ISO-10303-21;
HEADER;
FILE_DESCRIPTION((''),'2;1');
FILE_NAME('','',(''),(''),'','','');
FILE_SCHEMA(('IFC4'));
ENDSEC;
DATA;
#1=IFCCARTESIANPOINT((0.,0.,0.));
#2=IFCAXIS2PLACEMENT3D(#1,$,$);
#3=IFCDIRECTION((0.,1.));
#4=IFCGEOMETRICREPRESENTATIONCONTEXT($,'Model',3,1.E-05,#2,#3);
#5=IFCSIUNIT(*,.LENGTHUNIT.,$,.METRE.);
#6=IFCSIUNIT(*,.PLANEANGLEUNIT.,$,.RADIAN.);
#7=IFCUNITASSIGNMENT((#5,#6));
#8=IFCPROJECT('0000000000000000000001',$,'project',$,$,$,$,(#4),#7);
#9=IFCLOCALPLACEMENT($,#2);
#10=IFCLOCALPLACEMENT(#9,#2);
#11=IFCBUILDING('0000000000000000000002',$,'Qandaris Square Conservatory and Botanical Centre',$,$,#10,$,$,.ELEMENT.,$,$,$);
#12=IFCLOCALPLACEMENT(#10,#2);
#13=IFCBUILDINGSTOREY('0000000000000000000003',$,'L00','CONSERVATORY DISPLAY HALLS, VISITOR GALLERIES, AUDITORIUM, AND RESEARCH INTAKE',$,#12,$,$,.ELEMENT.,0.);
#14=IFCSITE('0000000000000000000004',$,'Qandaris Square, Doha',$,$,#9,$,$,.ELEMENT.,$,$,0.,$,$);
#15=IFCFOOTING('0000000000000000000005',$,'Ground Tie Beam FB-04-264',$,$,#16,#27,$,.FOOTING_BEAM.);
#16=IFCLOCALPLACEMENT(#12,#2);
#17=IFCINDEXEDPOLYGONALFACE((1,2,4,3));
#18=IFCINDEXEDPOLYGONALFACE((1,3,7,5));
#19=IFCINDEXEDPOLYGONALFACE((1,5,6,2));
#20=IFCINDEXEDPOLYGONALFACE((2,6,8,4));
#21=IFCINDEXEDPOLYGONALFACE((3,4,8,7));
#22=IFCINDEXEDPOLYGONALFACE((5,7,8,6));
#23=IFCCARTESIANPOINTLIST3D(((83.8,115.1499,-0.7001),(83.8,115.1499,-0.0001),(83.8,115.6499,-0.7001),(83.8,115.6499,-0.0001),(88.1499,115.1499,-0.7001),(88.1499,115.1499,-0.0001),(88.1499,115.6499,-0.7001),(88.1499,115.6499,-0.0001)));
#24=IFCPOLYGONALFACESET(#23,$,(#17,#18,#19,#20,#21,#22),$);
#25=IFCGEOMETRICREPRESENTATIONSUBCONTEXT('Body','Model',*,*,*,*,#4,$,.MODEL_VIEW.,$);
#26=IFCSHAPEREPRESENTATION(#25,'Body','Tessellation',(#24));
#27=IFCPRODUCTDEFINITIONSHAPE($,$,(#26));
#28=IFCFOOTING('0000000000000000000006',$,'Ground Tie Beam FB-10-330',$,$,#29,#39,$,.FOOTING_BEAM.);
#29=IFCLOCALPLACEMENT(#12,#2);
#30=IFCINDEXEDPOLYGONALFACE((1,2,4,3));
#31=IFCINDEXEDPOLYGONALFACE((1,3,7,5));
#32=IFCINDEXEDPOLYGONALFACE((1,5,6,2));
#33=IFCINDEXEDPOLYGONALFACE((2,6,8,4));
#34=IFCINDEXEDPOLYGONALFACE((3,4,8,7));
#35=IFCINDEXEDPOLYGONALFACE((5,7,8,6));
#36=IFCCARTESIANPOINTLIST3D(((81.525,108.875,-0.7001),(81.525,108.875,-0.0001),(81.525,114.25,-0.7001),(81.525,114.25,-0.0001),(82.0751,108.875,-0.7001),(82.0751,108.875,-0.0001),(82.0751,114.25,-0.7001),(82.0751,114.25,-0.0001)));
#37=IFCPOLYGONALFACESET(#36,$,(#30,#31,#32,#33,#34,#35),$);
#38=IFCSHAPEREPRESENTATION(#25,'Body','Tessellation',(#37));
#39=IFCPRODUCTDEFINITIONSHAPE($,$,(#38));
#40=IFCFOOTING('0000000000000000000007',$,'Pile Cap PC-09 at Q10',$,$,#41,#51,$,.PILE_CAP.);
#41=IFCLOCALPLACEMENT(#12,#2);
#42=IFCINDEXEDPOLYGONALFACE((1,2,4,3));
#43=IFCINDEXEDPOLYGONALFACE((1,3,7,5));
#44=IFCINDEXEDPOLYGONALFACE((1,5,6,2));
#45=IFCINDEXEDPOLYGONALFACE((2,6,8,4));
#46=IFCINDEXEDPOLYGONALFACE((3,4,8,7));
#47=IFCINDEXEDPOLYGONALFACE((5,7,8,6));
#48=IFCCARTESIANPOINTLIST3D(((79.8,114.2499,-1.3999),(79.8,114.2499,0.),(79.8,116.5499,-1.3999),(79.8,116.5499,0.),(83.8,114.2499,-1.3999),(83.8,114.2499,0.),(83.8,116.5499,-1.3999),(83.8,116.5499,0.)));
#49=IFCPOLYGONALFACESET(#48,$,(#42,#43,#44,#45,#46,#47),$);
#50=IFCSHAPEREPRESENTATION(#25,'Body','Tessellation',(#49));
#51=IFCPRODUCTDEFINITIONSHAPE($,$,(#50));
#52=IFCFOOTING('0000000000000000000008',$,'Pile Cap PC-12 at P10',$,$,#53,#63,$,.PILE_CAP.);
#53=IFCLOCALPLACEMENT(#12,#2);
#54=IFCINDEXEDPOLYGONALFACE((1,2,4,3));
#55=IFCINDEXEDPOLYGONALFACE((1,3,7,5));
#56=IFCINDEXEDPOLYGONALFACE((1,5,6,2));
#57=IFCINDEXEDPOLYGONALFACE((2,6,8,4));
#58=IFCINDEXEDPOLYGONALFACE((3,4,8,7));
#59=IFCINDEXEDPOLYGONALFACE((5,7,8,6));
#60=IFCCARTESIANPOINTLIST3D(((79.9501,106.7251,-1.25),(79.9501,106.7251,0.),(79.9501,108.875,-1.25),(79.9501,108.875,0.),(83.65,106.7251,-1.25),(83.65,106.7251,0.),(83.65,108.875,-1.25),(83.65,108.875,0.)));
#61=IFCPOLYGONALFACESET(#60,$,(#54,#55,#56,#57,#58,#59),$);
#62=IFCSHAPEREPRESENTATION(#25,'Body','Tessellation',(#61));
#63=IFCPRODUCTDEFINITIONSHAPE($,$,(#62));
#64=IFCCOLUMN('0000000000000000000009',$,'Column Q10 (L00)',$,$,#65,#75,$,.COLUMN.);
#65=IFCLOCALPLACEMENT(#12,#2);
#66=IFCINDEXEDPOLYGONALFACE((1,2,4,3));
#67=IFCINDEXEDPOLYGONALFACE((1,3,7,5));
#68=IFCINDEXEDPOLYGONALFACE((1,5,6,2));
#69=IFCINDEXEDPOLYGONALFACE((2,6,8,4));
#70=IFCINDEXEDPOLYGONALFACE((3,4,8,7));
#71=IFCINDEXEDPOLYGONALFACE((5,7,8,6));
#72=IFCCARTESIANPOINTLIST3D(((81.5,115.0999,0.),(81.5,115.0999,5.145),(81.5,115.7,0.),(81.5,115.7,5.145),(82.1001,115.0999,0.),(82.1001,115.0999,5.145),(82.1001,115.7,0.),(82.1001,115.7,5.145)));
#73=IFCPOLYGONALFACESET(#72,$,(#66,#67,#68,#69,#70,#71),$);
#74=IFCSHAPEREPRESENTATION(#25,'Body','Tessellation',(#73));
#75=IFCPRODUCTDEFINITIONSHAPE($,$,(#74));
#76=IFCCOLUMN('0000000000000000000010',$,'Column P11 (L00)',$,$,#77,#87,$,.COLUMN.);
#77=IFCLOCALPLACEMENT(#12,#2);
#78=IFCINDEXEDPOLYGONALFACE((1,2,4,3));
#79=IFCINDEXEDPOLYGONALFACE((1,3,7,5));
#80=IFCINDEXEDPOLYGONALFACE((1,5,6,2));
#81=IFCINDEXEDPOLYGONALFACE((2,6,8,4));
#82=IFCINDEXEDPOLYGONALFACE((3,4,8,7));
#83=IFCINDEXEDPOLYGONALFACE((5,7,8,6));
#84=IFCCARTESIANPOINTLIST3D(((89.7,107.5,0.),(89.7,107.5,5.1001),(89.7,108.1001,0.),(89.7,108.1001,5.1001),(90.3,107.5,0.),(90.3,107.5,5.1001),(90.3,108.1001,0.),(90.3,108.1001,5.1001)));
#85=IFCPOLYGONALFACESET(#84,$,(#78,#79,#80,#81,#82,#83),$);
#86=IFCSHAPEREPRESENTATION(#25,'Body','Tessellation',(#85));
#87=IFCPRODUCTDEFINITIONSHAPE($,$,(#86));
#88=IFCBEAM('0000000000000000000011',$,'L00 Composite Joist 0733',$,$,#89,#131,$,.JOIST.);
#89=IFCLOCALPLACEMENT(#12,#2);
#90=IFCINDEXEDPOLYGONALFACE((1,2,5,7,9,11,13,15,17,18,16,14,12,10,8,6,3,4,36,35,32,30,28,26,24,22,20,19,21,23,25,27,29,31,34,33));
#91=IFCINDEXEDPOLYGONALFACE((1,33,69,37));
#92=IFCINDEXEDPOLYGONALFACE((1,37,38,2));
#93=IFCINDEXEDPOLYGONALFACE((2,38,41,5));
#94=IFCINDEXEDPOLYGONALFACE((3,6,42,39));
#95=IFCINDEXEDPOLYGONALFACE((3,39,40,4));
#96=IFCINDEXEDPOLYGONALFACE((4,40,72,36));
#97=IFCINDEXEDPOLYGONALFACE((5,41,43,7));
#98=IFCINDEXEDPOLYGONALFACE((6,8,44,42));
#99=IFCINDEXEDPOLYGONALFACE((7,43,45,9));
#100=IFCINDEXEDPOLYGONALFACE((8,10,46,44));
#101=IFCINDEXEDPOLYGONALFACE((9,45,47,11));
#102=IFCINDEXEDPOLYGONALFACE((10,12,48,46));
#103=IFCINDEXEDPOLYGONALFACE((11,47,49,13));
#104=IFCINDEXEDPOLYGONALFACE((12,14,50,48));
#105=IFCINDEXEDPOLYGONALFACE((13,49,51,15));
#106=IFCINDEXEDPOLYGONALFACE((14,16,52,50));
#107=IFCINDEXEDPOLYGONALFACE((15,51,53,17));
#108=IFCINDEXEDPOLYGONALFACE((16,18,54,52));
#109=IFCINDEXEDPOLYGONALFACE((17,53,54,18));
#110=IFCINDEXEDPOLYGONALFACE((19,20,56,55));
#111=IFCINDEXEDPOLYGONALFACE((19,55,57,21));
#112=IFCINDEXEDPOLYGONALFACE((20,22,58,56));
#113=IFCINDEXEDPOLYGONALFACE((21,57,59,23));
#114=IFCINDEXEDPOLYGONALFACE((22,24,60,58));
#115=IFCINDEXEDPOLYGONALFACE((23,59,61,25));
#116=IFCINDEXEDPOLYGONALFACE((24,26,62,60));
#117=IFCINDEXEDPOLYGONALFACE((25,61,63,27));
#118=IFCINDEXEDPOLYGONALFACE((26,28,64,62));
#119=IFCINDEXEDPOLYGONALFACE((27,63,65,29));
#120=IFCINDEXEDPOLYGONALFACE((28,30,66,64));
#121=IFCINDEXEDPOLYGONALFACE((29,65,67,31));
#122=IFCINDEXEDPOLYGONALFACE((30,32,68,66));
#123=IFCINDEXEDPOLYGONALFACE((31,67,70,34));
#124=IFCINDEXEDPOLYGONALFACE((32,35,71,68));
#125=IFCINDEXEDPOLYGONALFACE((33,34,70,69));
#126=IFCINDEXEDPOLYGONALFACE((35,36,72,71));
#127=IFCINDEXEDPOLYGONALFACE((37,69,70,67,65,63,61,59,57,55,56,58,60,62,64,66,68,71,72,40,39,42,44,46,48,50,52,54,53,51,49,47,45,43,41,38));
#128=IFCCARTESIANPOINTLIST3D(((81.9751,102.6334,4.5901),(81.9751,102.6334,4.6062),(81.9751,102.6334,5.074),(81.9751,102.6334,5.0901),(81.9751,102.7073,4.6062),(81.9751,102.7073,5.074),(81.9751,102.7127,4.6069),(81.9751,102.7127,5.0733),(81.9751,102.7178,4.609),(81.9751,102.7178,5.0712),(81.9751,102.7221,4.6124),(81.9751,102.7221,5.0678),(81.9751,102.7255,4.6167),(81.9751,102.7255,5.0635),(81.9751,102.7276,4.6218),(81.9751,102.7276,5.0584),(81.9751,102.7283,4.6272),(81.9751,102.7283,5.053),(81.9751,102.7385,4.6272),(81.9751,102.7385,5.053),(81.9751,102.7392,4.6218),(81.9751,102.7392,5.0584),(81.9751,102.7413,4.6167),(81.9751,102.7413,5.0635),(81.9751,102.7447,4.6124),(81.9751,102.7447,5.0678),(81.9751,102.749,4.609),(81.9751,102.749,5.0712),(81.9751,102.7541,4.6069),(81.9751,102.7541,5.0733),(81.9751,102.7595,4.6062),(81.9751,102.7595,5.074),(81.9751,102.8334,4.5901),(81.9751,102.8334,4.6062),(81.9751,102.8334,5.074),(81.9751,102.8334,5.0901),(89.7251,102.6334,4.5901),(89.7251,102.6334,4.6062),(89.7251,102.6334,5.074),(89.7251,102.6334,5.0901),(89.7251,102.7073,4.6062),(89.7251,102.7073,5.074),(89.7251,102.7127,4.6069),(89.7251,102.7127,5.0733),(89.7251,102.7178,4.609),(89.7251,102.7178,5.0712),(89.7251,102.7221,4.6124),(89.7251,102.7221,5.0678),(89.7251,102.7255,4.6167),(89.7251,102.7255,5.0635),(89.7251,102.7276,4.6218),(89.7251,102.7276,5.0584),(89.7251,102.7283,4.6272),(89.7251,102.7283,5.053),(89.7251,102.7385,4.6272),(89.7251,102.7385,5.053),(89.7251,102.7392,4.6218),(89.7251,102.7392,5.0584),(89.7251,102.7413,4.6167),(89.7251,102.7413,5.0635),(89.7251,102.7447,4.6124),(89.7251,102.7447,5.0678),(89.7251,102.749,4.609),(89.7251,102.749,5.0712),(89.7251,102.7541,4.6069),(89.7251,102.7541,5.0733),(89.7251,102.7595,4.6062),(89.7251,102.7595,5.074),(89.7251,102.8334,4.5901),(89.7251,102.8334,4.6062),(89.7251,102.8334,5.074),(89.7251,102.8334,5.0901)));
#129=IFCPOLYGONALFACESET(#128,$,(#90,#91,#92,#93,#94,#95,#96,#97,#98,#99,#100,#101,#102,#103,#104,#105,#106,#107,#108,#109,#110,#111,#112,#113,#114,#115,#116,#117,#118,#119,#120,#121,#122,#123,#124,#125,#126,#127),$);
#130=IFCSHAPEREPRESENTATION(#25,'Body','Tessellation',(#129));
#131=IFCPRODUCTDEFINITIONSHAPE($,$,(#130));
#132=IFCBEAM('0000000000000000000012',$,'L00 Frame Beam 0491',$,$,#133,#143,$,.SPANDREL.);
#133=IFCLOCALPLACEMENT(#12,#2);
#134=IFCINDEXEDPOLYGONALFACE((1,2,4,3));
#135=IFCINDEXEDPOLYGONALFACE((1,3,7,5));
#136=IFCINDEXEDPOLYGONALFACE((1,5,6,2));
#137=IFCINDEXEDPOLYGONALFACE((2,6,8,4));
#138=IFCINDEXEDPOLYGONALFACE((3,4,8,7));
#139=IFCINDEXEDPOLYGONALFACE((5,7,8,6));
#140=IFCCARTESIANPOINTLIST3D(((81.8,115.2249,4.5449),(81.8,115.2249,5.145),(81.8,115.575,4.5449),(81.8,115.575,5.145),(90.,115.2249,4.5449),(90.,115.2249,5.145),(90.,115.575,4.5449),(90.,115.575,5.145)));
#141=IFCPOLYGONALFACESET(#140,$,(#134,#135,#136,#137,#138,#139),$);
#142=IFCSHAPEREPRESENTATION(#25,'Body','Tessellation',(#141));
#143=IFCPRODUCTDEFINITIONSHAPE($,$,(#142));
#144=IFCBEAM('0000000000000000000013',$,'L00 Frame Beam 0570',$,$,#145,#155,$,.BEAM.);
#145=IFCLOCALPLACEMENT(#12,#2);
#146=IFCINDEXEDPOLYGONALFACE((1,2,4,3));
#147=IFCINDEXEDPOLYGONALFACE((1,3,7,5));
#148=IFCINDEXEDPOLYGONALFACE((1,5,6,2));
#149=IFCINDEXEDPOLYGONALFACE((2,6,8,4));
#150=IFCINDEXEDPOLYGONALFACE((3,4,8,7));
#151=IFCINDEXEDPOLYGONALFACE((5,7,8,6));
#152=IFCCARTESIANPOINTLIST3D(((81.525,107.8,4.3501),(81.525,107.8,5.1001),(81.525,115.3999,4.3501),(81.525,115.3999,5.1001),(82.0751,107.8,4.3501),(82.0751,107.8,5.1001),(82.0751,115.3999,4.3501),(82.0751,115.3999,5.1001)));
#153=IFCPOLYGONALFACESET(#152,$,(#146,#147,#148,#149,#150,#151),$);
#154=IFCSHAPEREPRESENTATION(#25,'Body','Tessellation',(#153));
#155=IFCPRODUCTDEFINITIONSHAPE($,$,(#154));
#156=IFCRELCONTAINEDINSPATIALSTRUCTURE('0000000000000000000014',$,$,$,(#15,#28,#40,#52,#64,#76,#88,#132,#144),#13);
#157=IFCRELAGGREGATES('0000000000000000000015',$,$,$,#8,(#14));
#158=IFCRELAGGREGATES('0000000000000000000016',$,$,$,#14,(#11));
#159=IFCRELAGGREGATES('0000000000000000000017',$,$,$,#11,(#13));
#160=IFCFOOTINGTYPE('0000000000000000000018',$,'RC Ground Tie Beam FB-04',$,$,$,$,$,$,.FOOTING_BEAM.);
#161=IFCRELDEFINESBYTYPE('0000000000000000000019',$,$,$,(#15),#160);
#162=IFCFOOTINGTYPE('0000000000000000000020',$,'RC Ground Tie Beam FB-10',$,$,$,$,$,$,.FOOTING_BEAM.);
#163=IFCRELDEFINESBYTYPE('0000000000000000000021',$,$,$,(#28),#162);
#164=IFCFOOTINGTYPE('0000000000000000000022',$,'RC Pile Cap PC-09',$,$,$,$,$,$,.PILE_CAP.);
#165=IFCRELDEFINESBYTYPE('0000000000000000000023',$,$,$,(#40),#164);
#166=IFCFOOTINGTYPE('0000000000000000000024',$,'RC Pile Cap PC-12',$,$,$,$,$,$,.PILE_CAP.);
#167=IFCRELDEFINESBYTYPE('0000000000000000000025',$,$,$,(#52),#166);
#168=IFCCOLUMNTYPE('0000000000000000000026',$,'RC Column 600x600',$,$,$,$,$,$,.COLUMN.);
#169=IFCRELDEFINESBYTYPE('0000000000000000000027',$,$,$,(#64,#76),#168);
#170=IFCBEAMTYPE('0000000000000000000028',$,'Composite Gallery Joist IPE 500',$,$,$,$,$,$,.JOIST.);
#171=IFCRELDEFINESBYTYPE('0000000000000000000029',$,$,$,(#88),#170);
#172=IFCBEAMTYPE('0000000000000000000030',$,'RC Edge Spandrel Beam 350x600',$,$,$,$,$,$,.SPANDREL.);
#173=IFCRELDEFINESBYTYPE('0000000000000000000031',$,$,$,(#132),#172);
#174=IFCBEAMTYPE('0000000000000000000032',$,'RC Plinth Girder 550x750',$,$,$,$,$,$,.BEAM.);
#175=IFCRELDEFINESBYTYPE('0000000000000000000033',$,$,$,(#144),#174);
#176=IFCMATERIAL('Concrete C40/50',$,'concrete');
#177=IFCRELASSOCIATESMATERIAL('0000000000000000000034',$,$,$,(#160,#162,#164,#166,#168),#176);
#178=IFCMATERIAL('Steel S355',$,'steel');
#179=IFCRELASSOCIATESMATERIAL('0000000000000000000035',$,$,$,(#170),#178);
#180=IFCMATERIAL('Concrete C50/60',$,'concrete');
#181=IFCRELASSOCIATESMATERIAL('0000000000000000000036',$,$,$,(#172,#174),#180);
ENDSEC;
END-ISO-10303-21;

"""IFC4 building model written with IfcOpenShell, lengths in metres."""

from ifc_helpers import new_model, si_unit, direction, frame, origin, origin_2d, place, context, subcontext, project, spatial, rectangle, i_section, extrude, material, material_profile, profile_set, type_object, element, save


model = new_model("IFC4")

# Units and contexts
model_context = context("Model", 3, precision=1e-05, world=origin(), true_north=direction((0.0, 1.0)))
body_context = subcontext(model_context, "Body", "Model", "MODEL_VIEW")
ifc_project = project(units=[si_unit("LENGTHUNIT", "METRE"), si_unit("PLANEANGLEUNIT", "RADIAN")], contexts=[model_context])

# Site, building, storey
site_placement = place(None, origin())
site = spatial("IfcSite", under=ifc_project, at=site_placement, Name="Qandaris Square, Doha", CompositionType="ELEMENT", RefElevation=0.0)
building_placement = place(site_placement, origin())
building = spatial("IfcBuilding", under=site, at=building_placement, Name="Qandaris Square Conservatory and Botanical Centre", CompositionType="ELEMENT")
storey_placement = place(building_placement, origin())
storey = spatial("IfcBuildingStorey", under=building, at=storey_placement, Name="L00", Description="CONSERVATORY DISPLAY HALLS, VISITOR GALLERIES, AUDITORIUM, AND RESEARCH INTAKE", CompositionType="ELEMENT", Elevation=0.0)

# Shared definitions
ifc_material_1 = material(Name="Concrete C50/60", Category="concrete")

# Footings
ifc_material_2 = material(Name="Concrete C40/50", Category="concrete")
ifc_material_profile_1 = material_profile(ifc_material_2, rectangle(XDim=0.5, YDim=0.7, at=origin_2d()), Name="FB 500x700")
ifc_profile_set_1 = profile_set([ifc_material_profile_1], Name="Concrete C40/50")
footing_type_1 = type_object("IfcFootingType", Name="RC Ground Tie Beam FB-04", PredefinedType="FOOTING_BEAM", material=ifc_profile_set_1)
footing_1_placement = place(storey_placement, frame((83.8, 115.3999, -0.3501), z_axis=(1.0, 0.0, 0.0), x_axis=(0.0, 1.0, 0.0)))
element("IfcFooting", 1, at=footing_1_placement, inside=storey, type_object=footing_type_1, Name="Ground Tie Beam FB-04-264", PredefinedType="FOOTING_BEAM", context=body_context, shape_type="SweptSolid", body=[
    extrude(rectangle(XDim=0.5, YDim=0.7, at=origin_2d()), origin(), (0.0, 0.0, 1.0), 4.3499),
])
ifc_material_profile_2 = material_profile(ifc_material_2, rectangle(XDim=0.55, YDim=0.7, at=origin_2d()), Name="FB 550x700")
ifc_profile_set_2 = profile_set([ifc_material_profile_2], Name="Concrete C40/50")
footing_type_2 = type_object("IfcFootingType", Name="RC Ground Tie Beam FB-10", PredefinedType="FOOTING_BEAM", material=ifc_profile_set_2)
footing_2_placement = place(storey_placement, frame((81.8, 108.875, -0.3501), z_axis=(0.0, 1.0, 0.0), x_axis=(-1.0, 0.0, 0.0)))
element("IfcFooting", 2, at=footing_2_placement, inside=storey, type_object=footing_type_2, Name="Ground Tie Beam FB-10-330", PredefinedType="FOOTING_BEAM", context=body_context, shape_type="SweptSolid", body=[
    extrude(rectangle(XDim=0.55, YDim=0.7, at=origin_2d()), origin(), (0.0, 0.0, 1.0), 5.375),
])
footing_type_3 = type_object("IfcFootingType", Name="RC Pile Cap PC-09", PredefinedType="PILE_CAP", material=ifc_material_2)
footing_3_placement = place(storey_placement, frame((81.8, 115.3999, -1.3999), z_axis=(0.0, 0.0, 1.0), x_axis=(1.0, 0.0, 0.0)))
element("IfcFooting", 3, at=footing_3_placement, inside=storey, type_object=footing_type_3, Name="Pile Cap PC-09 at Q10", PredefinedType="PILE_CAP", context=body_context, shape_type="SweptSolid", body=[
    extrude(rectangle(XDim=4.0, YDim=2.3, at=origin_2d()), origin(), (0.0, 0.0, 1.0), 1.3999),
])
footing_type_4 = type_object("IfcFootingType", Name="RC Pile Cap PC-12", PredefinedType="PILE_CAP", material=ifc_material_2)
footing_4_placement = place(storey_placement, frame((81.8, 107.8, -1.25), z_axis=(0.0, 0.0, 1.0), x_axis=(1.0, 0.0, 0.0)))
element("IfcFooting", 4, at=footing_4_placement, inside=storey, type_object=footing_type_4, Name="Pile Cap PC-12 at P10", PredefinedType="PILE_CAP", context=body_context, shape_type="SweptSolid", body=[
    extrude(rectangle(XDim=3.7, YDim=2.1499, at=origin_2d()), origin(), (0.0, 0.0, 1.0), 1.25),
])

# Columns
ifc_material_profile_3 = material_profile(ifc_material_2, rectangle(XDim=0.6001, YDim=0.6001, at=origin_2d()), Name="RC-COL 600x600")
ifc_profile_set_3 = profile_set([ifc_material_profile_3], Name="Concrete C40/50")
column_type = type_object("IfcColumnType", Name="RC Column 600x600", PredefinedType="COLUMN", material=ifc_profile_set_3)
column_1_placement = place(storey_placement, frame((81.8, 115.3999, 0.0), z_axis=(0.0, 0.0, 1.0), x_axis=(1.0, 0.0, 0.0)))
element("IfcColumn", 5, at=column_1_placement, inside=storey, type_object=column_type, Name="Column Q10 (L00)", PredefinedType="COLUMN", context=body_context, shape_type="SweptSolid", body=[
    extrude(rectangle(XDim=0.6001, YDim=0.6001, at=origin_2d()), origin(), (0.0, 0.0, 1.0), 5.145),
])
column_2_placement = place(storey_placement, frame((90.0, 107.8, 0.0), z_axis=(0.0, 0.0, 1.0), x_axis=(1.0, 0.0, 0.0)))
element("IfcColumn", 6, at=column_2_placement, inside=storey, type_object=column_type, Name="Column P11 (L00)", PredefinedType="COLUMN", context=body_context, shape_type="SweptSolid", body=[
    extrude(rectangle(XDim=0.6001, YDim=0.6001, at=origin_2d()), origin(), (0.0, 0.0, 1.0), 5.1001),
])

# Beams
ifc_material_3 = material(Name="Steel S355", Category="steel")
ifc_material_profile_4 = material_profile(ifc_material_3, i_section(OverallWidth=0.2, OverallDepth=0.5, WebThickness=0.0103, FlangeThickness=0.0161, FilletRadius=0.021, at=origin_2d()), Name="IPE 500")
ifc_profile_set_4 = profile_set([ifc_material_profile_4], Name="Steel S355")
beam_type_1 = type_object("IfcBeamType", Name="Composite Gallery Joist IPE 500", PredefinedType="JOIST", material=ifc_profile_set_4)
beam_1_placement = place(storey_placement, frame((81.9751, 102.7334, 4.8401), z_axis=(1.0, 0.0, 0.0), x_axis=(0.0, 1.0, 0.0)))
element("IfcBeam", 7, at=beam_1_placement, inside=storey, type_object=beam_type_1, Name="L00 Composite Joist 0733", PredefinedType="JOIST", context=body_context, shape_type="SweptSolid", body=[
    extrude(i_section(OverallWidth=0.2, OverallDepth=0.5, WebThickness=0.0103, FlangeThickness=0.0161, FilletRadius=0.021, at=origin_2d()), origin(), (0.0, 0.0, 1.0), 7.75),
])
ifc_material_profile_5 = material_profile(ifc_material_1, rectangle(XDim=0.3501, YDim=0.6001, at=origin_2d()), Name="RC-SP 350x600")
ifc_profile_set_5 = profile_set([ifc_material_profile_5], Name="Concrete C50/60")
beam_type_2 = type_object("IfcBeamType", Name="RC Edge Spandrel Beam 350x600", PredefinedType="SPANDREL", material=ifc_profile_set_5)
beam_2_placement = place(storey_placement, frame((81.8, 115.3999, 4.845), z_axis=(1.0, 0.0, 0.0), x_axis=(0.0, 1.0, 0.0)))
element("IfcBeam", 8, at=beam_2_placement, inside=storey, type_object=beam_type_2, Name="L00 Frame Beam 0491", PredefinedType="SPANDREL", context=body_context, shape_type="SweptSolid", body=[
    extrude(rectangle(XDim=0.3501, YDim=0.6001, at=origin_2d()), origin(), (0.0, 0.0, 1.0), 8.2),
])
ifc_material_profile_6 = material_profile(ifc_material_1, rectangle(XDim=0.55, YDim=0.75, at=origin_2d()), Name="RC-BM 550x750")
ifc_profile_set_6 = profile_set([ifc_material_profile_6], Name="Concrete C50/60")
beam_type_3 = type_object("IfcBeamType", Name="RC Plinth Girder 550x750", PredefinedType="BEAM", material=ifc_profile_set_6)
beam_3_placement = place(storey_placement, frame((81.8, 107.8, 4.7251), z_axis=(0.0, 1.0, 0.0), x_axis=(-1.0, 0.0, 0.0)))
element("IfcBeam", 9, at=beam_3_placement, inside=storey, type_object=beam_type_3, Name="L00 Frame Beam 0570", PredefinedType="BEAM", context=body_context, shape_type="SweptSolid", body=[
    extrude(rectangle(XDim=0.55, YDim=0.75, at=origin_2d()), origin(), (0.0, 0.0, 1.0), 7.5999),
])

save(model, "model.ifc")
